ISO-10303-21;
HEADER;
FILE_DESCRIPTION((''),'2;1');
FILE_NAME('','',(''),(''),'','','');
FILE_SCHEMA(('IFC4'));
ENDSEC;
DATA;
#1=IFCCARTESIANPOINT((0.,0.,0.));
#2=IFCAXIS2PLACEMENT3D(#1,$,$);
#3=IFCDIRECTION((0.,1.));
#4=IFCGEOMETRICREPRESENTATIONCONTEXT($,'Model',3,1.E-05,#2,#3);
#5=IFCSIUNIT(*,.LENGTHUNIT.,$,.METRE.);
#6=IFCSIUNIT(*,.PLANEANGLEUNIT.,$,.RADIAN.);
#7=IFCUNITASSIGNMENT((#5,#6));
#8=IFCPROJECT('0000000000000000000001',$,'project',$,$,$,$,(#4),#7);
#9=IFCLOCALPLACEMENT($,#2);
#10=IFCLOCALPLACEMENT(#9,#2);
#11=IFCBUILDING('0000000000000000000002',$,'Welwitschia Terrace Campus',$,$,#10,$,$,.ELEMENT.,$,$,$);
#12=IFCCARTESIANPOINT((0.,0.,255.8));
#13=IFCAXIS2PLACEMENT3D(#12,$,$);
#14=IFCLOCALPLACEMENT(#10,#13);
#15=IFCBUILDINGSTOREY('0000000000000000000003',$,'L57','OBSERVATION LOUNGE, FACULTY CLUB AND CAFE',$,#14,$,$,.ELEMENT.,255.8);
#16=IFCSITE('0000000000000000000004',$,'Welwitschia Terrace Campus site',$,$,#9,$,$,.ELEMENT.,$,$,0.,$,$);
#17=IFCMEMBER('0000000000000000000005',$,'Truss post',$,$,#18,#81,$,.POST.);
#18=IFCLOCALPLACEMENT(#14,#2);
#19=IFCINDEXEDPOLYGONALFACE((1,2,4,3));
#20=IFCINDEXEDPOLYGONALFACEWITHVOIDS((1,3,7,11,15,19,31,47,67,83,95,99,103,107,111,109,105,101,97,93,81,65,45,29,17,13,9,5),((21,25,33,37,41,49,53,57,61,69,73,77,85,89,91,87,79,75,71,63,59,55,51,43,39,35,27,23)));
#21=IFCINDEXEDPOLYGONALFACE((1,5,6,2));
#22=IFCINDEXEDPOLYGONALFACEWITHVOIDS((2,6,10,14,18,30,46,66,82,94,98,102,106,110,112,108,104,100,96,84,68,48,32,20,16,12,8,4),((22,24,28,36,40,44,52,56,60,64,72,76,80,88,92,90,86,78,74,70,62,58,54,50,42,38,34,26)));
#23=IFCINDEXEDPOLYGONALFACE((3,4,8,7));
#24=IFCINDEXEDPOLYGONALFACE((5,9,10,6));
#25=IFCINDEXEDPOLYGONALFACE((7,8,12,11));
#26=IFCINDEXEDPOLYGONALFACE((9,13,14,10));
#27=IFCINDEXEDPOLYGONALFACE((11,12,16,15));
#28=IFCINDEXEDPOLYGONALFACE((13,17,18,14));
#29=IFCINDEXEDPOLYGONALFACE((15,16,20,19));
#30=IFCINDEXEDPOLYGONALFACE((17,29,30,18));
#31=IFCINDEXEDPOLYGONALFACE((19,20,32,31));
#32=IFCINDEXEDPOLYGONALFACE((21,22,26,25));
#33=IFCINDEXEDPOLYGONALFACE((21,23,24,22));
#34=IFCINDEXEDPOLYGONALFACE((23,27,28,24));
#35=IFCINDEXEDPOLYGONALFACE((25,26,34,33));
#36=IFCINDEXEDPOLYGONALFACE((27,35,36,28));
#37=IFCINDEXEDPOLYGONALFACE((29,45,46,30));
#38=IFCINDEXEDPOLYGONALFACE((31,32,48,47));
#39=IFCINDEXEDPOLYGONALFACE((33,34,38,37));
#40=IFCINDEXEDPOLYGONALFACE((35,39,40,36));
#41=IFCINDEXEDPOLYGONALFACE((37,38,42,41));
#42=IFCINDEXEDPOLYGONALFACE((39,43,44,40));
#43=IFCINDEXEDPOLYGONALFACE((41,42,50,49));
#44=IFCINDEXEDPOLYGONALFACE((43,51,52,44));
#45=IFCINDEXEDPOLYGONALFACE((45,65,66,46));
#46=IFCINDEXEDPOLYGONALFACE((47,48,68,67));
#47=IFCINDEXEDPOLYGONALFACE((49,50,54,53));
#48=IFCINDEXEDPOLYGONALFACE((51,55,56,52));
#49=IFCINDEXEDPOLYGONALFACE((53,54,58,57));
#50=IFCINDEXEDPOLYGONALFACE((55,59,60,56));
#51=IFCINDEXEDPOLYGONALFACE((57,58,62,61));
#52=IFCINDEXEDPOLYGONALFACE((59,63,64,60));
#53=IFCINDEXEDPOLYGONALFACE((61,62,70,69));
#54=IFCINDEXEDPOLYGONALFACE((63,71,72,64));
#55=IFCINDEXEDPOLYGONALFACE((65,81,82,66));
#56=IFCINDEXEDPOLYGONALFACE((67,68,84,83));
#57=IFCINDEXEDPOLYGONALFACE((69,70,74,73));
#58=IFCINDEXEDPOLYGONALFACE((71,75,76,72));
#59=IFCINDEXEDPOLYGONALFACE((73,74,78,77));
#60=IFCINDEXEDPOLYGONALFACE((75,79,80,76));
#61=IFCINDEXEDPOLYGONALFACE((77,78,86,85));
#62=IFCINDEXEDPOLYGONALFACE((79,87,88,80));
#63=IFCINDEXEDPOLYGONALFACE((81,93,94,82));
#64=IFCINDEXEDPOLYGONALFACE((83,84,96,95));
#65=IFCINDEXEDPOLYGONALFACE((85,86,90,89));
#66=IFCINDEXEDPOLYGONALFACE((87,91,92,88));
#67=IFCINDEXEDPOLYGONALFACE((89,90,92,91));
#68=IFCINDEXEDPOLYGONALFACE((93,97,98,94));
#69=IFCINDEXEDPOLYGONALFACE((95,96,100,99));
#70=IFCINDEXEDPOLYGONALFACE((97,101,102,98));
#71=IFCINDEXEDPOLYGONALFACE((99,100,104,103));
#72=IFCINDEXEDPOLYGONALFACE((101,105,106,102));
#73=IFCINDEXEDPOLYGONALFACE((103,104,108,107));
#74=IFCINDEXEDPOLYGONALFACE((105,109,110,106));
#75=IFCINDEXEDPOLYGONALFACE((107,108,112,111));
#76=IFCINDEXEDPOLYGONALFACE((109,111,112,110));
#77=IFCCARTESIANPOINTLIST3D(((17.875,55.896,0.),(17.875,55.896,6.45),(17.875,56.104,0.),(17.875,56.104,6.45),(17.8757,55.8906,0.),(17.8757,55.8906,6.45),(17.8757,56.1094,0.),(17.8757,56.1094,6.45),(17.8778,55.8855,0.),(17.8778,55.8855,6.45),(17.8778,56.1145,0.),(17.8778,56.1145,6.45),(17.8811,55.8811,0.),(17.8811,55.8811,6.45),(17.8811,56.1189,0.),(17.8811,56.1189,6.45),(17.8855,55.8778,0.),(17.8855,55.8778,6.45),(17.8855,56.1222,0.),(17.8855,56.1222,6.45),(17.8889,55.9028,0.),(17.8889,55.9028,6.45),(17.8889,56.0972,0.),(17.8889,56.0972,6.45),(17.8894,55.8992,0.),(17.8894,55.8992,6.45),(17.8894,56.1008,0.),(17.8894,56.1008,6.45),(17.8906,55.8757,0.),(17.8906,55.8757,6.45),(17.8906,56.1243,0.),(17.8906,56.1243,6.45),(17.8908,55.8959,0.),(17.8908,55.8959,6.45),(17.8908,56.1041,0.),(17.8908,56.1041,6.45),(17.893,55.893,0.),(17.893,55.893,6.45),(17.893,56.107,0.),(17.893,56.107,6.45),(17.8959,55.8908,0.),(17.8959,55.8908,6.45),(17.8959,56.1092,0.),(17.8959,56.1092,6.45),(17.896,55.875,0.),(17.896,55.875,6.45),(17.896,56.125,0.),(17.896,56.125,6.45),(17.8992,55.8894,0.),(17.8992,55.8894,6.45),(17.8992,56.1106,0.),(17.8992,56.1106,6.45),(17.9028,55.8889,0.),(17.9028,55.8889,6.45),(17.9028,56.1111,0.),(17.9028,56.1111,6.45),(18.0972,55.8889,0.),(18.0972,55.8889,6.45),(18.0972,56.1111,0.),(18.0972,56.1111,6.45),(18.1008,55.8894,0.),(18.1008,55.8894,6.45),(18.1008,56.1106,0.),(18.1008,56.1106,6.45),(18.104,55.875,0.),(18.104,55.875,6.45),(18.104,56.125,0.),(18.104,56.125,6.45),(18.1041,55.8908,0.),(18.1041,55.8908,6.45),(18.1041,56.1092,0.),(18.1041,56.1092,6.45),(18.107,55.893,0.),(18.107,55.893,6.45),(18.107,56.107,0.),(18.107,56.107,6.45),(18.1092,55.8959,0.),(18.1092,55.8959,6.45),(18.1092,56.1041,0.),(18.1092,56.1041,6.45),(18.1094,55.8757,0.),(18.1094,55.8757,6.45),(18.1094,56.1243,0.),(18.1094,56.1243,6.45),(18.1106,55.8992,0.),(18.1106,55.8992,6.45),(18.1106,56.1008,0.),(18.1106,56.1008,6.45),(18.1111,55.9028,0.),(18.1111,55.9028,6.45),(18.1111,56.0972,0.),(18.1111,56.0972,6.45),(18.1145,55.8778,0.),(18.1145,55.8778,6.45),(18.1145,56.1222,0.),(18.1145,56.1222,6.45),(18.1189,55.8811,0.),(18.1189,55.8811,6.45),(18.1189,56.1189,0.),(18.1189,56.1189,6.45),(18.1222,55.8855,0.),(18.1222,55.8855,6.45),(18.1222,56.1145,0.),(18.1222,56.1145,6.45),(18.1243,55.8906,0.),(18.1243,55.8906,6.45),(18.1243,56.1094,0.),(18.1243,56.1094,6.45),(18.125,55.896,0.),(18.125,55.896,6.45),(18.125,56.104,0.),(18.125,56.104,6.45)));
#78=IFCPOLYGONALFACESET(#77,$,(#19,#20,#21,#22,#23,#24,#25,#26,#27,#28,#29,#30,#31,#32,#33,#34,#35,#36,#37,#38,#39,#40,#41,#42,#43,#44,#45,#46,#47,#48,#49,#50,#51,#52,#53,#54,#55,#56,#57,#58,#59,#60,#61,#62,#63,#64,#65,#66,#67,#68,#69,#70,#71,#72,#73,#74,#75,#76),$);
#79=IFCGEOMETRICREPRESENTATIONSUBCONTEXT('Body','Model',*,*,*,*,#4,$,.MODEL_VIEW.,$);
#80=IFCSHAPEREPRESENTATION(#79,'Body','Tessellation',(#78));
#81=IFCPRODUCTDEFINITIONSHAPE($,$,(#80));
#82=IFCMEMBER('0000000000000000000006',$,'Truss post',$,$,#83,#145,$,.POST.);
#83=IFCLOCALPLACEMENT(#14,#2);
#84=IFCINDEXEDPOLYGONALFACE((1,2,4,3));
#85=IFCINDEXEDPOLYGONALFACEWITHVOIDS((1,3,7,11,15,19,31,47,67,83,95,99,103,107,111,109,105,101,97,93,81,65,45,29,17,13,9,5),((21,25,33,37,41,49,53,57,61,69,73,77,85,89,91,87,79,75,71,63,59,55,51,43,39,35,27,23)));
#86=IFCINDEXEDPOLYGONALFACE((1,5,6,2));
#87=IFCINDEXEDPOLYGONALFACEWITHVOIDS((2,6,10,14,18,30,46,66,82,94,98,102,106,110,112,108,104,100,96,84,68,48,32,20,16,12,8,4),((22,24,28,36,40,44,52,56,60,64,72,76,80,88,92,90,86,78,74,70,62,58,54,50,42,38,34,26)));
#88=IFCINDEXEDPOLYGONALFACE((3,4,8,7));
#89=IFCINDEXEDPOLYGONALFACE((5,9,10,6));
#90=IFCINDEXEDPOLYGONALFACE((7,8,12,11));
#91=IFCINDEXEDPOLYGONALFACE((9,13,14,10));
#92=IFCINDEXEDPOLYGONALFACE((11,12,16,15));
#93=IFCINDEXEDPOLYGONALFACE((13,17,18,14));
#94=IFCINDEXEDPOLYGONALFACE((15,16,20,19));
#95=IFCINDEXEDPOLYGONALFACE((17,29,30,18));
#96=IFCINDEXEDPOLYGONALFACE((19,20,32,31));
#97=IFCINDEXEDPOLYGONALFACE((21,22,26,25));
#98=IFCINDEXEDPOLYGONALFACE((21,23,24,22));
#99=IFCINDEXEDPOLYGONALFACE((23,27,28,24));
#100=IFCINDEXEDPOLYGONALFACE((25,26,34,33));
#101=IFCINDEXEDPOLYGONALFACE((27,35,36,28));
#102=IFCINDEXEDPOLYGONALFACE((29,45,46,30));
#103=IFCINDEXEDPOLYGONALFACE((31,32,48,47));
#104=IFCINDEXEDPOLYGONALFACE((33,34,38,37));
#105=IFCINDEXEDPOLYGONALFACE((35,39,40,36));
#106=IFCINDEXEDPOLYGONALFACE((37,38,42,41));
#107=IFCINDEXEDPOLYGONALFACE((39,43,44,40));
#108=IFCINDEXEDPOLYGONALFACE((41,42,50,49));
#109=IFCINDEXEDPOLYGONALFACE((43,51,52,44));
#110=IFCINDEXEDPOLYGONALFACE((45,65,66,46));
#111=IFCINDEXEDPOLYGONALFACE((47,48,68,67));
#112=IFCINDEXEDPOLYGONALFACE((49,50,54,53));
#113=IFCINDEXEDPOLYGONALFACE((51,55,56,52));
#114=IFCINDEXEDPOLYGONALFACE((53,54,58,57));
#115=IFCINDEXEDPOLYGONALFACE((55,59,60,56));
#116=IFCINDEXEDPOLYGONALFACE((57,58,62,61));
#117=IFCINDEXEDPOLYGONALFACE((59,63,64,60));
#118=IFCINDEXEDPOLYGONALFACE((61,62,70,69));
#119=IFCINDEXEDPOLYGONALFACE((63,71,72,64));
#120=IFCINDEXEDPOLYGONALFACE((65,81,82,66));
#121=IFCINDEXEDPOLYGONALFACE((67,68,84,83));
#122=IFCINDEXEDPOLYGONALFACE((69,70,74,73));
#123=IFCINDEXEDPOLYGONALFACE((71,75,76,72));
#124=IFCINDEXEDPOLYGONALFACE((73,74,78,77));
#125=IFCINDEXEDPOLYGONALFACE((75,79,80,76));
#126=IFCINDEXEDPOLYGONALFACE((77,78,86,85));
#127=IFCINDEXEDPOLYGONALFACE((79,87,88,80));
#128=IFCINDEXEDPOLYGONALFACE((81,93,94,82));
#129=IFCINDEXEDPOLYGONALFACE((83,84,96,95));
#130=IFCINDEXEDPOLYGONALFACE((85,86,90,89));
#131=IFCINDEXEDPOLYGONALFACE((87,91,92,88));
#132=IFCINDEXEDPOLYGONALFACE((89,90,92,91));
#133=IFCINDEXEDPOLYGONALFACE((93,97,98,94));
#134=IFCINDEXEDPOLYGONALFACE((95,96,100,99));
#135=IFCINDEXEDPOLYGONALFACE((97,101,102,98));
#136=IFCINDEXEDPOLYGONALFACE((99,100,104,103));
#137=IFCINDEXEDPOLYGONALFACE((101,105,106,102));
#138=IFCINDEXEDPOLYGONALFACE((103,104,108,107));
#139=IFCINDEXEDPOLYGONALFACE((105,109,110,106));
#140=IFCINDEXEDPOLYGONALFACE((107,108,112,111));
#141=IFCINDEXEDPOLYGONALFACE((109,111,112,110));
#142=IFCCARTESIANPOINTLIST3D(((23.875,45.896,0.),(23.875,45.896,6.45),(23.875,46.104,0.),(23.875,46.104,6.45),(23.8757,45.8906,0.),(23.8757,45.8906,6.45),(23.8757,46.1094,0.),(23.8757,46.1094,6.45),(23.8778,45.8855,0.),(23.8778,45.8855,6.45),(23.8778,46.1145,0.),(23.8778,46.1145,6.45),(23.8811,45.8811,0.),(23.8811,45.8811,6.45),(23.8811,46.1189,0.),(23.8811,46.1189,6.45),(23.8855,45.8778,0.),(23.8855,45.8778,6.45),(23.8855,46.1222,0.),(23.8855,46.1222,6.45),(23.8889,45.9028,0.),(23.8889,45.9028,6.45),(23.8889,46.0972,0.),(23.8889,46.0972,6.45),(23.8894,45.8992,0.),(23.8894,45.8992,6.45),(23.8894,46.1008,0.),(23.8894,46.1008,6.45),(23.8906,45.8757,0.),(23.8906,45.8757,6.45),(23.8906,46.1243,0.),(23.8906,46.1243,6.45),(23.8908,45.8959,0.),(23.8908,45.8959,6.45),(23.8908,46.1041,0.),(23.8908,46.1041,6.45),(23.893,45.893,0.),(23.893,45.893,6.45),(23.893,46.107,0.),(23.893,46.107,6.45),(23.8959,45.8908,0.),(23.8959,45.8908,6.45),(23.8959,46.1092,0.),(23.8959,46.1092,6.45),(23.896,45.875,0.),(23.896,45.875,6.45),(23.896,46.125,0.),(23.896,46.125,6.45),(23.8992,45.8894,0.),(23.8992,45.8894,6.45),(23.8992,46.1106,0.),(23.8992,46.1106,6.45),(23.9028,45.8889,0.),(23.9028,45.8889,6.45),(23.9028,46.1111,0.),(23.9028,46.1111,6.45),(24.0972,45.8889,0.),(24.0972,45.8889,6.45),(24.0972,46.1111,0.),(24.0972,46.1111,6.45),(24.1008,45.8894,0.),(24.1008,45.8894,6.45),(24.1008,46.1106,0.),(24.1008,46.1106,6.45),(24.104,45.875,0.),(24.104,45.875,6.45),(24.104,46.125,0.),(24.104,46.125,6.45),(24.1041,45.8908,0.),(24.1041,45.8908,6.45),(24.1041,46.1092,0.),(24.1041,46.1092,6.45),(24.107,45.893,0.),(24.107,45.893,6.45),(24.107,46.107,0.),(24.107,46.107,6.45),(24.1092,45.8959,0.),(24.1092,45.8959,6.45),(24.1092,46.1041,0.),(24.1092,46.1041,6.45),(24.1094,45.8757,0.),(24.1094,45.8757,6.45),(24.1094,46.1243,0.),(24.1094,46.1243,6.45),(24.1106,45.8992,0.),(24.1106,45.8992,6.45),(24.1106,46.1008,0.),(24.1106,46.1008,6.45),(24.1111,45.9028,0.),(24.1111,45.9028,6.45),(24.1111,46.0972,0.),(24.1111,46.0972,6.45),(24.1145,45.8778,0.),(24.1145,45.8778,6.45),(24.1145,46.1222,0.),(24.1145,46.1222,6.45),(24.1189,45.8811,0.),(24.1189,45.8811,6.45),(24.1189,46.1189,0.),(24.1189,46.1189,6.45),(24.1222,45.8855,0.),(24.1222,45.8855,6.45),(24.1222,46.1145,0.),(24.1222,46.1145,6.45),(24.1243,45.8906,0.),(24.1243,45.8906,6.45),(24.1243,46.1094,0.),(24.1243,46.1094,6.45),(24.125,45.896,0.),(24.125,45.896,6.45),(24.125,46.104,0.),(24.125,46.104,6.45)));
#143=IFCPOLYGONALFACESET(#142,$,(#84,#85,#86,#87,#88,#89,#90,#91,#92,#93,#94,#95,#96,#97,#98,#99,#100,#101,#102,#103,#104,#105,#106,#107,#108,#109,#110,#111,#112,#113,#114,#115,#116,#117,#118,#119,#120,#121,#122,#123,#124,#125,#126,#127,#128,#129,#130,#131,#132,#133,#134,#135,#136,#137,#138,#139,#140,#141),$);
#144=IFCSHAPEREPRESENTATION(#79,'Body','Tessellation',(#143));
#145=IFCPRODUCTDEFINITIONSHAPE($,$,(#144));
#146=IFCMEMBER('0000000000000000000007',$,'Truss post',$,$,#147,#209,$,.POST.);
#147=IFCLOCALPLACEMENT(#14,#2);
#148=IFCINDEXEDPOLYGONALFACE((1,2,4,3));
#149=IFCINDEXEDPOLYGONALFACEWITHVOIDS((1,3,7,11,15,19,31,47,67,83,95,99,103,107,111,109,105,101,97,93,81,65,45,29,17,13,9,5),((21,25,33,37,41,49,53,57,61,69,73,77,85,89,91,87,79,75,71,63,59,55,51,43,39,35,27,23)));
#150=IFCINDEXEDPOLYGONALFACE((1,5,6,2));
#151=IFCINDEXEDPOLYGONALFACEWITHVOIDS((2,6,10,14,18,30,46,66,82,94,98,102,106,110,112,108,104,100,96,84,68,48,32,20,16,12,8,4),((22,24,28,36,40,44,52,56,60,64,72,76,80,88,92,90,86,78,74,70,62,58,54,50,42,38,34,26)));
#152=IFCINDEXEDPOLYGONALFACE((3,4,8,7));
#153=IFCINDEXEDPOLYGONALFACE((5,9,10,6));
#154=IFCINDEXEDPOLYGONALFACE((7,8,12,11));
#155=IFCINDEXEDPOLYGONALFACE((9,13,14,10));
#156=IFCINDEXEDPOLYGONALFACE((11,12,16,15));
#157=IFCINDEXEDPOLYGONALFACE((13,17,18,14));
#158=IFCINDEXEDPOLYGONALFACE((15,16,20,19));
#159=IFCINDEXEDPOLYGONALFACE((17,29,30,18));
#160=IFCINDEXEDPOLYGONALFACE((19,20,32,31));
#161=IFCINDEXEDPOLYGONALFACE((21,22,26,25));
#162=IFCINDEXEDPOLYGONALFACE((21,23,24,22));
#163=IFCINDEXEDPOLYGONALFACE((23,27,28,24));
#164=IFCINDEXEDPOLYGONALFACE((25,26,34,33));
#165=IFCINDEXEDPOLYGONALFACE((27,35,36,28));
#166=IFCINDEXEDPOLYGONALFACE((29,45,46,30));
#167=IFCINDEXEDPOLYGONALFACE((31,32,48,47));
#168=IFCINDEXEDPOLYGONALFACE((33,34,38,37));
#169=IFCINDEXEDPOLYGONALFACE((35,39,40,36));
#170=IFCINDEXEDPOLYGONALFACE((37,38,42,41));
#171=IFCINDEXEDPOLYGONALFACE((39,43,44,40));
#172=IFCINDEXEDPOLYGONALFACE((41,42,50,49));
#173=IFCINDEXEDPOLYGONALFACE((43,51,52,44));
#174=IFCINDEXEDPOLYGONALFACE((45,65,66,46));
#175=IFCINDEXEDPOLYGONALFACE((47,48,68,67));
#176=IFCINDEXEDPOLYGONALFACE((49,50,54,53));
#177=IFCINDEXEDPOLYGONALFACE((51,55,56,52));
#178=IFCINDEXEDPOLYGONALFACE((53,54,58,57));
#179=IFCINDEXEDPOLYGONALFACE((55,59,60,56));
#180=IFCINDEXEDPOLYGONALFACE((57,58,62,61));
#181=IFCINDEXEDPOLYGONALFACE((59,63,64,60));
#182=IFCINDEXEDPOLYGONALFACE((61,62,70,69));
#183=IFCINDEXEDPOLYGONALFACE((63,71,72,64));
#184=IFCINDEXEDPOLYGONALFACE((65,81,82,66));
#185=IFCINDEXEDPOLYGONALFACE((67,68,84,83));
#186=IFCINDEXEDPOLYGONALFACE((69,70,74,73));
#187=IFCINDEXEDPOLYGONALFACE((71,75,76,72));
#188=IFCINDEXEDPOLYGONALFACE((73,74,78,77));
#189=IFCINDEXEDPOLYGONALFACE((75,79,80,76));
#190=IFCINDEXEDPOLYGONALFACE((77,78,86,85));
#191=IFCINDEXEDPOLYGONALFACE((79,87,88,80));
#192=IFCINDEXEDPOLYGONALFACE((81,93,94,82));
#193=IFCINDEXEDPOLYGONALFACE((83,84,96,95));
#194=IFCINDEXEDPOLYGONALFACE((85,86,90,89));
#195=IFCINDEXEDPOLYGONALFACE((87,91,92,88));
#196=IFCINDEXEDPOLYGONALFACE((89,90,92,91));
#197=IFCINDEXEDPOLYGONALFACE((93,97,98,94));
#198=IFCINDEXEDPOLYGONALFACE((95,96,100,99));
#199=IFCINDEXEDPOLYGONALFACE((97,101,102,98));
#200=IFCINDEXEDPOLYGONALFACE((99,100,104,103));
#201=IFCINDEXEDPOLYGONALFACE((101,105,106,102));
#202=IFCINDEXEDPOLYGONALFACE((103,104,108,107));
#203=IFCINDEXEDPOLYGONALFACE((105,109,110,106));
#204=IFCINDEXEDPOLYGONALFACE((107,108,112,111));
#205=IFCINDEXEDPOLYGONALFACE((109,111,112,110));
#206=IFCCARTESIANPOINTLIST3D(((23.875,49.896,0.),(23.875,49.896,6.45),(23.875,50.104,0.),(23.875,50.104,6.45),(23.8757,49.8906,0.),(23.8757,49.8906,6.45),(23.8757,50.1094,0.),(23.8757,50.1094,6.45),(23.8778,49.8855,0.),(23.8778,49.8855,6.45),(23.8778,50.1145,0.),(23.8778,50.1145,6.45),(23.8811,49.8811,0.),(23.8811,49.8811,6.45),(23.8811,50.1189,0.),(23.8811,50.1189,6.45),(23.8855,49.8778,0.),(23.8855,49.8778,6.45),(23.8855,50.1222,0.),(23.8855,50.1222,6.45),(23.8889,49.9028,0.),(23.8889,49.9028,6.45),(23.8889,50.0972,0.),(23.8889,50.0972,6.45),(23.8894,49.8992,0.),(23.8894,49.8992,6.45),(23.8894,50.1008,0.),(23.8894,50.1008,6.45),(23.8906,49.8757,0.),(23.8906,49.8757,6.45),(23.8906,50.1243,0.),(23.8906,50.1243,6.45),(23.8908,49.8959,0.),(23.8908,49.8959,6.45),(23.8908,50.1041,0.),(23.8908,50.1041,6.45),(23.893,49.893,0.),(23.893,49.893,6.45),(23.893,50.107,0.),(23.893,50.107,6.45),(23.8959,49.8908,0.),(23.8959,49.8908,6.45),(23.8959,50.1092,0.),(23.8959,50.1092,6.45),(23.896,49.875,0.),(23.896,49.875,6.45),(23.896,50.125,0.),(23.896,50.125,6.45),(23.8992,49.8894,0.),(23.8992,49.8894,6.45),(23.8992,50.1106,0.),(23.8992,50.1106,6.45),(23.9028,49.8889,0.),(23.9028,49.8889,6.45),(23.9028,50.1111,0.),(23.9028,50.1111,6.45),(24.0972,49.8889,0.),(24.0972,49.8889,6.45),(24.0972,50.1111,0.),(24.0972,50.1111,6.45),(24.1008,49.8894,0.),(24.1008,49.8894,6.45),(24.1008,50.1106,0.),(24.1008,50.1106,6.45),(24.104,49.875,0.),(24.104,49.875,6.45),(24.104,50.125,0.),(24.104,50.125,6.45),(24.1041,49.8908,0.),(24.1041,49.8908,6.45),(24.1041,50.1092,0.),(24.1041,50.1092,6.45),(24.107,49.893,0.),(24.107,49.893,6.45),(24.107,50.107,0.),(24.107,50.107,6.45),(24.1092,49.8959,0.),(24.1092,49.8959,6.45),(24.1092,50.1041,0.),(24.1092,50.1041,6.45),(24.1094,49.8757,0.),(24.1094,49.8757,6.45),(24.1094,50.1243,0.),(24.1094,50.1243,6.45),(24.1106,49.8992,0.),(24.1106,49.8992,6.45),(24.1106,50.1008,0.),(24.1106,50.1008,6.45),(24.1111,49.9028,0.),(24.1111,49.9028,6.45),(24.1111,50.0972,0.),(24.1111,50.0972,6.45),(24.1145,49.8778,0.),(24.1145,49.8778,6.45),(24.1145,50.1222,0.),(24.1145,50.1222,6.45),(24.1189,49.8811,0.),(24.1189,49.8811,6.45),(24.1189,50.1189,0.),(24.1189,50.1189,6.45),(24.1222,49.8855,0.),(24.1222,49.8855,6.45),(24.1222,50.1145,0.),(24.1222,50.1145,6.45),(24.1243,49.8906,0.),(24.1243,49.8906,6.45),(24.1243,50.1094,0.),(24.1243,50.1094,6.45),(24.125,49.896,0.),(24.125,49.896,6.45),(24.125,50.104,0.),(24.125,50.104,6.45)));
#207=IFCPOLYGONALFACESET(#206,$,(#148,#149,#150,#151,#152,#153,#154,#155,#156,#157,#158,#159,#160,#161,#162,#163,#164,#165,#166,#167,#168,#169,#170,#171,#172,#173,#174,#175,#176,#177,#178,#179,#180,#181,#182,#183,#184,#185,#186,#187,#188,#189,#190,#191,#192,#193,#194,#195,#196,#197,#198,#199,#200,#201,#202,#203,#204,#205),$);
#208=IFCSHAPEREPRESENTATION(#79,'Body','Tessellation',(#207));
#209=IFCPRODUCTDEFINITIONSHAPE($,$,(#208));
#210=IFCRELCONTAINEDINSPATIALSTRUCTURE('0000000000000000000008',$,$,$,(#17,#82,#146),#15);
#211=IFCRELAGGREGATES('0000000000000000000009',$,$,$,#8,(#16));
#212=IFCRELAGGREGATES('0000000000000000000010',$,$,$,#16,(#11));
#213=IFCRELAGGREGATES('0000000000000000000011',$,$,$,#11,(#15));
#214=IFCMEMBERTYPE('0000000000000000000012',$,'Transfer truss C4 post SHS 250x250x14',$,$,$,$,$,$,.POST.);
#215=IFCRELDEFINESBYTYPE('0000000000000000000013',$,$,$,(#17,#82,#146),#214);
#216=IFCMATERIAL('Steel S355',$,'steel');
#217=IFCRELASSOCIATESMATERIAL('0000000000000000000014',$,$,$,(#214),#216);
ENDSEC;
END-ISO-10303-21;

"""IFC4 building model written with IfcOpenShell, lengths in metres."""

from ifc_helpers import new_model, si_unit, direction, frame, origin, origin_2d, place, context, subcontext, project, spatial, hollow_rectangle, extrude, material, material_profile, profile_set, type_object, element, save


model = new_model("IFC4")

# Units and contexts
model_context = context("Model", 3, precision=1e-05, world=origin(), true_north=direction((0.0, 1.0)))
body_context = subcontext(model_context, "Body", "Model", "MODEL_VIEW")
ifc_project = project(units=[si_unit("LENGTHUNIT", "METRE"), si_unit("PLANEANGLEUNIT", "RADIAN")], contexts=[model_context])

# Site, building, storey
site_placement = place(None, origin())
site = spatial("IfcSite", under=ifc_project, at=site_placement, Name="Welwitschia Terrace Campus site", CompositionType="ELEMENT", RefElevation=0.0)
building_placement = place(site_placement, origin())
building = spatial("IfcBuilding", under=site, at=building_placement, Name="Welwitschia Terrace Campus", CompositionType="ELEMENT")
storey_placement = place(building_placement, frame((0.0, 0.0, 255.8)))
storey = spatial("IfcBuildingStorey", under=building, at=storey_placement, Name="L57", Description="OBSERVATION LOUNGE, FACULTY CLUB AND CAFE", CompositionType="ELEMENT", Elevation=255.8)

# Members
ifc_material_1 = material(Name="Steel S355", Category="steel")
ifc_material_profile_1 = material_profile(ifc_material_1, hollow_rectangle(XDim=0.25, YDim=0.25, WallThickness=0.0139, InnerFilletRadius=0.0139, OuterFilletRadius=0.021, at=origin_2d()))
ifc_profile_set_1 = profile_set([ifc_material_profile_1], Name="Steel S355")
member_type_1 = type_object("IfcMemberType", Name="Transfer truss C4 post SHS 250x250x14", PredefinedType="POST", material=ifc_profile_set_1)
for number, where, z_axis, x_axis, name in (
    (1, (18.0, 56.0, 0.0), (0.0, 0.0, 1.0), (1.0, 0.0, 0.0), "Truss post"),
    (2, (24.0, 46.0, 0.0), (0.0, 0.0, 1.0), (1.0, 0.0, 0.0), "Truss post"),
    (3, (24.0, 50.0, 0.0), (0.0, 0.0, 1.0), (1.0, 0.0, 0.0), "Truss post"),
):
    element("IfcMember", number, at=place(storey_placement, frame(where, z_axis=z_axis, x_axis=x_axis)), inside=storey, type_object=member_type_1, Name=name, PredefinedType="POST", context=body_context, shape_type="SweptSolid", body=[
        extrude(hollow_rectangle(XDim=0.25, YDim=0.25, WallThickness=0.0139, InnerFilletRadius=0.0139, OuterFilletRadius=0.021, at=origin_2d()), origin(), (0.0, 0.0, 1.0), 6.45),
    ])

save(model, "model.ifc")
